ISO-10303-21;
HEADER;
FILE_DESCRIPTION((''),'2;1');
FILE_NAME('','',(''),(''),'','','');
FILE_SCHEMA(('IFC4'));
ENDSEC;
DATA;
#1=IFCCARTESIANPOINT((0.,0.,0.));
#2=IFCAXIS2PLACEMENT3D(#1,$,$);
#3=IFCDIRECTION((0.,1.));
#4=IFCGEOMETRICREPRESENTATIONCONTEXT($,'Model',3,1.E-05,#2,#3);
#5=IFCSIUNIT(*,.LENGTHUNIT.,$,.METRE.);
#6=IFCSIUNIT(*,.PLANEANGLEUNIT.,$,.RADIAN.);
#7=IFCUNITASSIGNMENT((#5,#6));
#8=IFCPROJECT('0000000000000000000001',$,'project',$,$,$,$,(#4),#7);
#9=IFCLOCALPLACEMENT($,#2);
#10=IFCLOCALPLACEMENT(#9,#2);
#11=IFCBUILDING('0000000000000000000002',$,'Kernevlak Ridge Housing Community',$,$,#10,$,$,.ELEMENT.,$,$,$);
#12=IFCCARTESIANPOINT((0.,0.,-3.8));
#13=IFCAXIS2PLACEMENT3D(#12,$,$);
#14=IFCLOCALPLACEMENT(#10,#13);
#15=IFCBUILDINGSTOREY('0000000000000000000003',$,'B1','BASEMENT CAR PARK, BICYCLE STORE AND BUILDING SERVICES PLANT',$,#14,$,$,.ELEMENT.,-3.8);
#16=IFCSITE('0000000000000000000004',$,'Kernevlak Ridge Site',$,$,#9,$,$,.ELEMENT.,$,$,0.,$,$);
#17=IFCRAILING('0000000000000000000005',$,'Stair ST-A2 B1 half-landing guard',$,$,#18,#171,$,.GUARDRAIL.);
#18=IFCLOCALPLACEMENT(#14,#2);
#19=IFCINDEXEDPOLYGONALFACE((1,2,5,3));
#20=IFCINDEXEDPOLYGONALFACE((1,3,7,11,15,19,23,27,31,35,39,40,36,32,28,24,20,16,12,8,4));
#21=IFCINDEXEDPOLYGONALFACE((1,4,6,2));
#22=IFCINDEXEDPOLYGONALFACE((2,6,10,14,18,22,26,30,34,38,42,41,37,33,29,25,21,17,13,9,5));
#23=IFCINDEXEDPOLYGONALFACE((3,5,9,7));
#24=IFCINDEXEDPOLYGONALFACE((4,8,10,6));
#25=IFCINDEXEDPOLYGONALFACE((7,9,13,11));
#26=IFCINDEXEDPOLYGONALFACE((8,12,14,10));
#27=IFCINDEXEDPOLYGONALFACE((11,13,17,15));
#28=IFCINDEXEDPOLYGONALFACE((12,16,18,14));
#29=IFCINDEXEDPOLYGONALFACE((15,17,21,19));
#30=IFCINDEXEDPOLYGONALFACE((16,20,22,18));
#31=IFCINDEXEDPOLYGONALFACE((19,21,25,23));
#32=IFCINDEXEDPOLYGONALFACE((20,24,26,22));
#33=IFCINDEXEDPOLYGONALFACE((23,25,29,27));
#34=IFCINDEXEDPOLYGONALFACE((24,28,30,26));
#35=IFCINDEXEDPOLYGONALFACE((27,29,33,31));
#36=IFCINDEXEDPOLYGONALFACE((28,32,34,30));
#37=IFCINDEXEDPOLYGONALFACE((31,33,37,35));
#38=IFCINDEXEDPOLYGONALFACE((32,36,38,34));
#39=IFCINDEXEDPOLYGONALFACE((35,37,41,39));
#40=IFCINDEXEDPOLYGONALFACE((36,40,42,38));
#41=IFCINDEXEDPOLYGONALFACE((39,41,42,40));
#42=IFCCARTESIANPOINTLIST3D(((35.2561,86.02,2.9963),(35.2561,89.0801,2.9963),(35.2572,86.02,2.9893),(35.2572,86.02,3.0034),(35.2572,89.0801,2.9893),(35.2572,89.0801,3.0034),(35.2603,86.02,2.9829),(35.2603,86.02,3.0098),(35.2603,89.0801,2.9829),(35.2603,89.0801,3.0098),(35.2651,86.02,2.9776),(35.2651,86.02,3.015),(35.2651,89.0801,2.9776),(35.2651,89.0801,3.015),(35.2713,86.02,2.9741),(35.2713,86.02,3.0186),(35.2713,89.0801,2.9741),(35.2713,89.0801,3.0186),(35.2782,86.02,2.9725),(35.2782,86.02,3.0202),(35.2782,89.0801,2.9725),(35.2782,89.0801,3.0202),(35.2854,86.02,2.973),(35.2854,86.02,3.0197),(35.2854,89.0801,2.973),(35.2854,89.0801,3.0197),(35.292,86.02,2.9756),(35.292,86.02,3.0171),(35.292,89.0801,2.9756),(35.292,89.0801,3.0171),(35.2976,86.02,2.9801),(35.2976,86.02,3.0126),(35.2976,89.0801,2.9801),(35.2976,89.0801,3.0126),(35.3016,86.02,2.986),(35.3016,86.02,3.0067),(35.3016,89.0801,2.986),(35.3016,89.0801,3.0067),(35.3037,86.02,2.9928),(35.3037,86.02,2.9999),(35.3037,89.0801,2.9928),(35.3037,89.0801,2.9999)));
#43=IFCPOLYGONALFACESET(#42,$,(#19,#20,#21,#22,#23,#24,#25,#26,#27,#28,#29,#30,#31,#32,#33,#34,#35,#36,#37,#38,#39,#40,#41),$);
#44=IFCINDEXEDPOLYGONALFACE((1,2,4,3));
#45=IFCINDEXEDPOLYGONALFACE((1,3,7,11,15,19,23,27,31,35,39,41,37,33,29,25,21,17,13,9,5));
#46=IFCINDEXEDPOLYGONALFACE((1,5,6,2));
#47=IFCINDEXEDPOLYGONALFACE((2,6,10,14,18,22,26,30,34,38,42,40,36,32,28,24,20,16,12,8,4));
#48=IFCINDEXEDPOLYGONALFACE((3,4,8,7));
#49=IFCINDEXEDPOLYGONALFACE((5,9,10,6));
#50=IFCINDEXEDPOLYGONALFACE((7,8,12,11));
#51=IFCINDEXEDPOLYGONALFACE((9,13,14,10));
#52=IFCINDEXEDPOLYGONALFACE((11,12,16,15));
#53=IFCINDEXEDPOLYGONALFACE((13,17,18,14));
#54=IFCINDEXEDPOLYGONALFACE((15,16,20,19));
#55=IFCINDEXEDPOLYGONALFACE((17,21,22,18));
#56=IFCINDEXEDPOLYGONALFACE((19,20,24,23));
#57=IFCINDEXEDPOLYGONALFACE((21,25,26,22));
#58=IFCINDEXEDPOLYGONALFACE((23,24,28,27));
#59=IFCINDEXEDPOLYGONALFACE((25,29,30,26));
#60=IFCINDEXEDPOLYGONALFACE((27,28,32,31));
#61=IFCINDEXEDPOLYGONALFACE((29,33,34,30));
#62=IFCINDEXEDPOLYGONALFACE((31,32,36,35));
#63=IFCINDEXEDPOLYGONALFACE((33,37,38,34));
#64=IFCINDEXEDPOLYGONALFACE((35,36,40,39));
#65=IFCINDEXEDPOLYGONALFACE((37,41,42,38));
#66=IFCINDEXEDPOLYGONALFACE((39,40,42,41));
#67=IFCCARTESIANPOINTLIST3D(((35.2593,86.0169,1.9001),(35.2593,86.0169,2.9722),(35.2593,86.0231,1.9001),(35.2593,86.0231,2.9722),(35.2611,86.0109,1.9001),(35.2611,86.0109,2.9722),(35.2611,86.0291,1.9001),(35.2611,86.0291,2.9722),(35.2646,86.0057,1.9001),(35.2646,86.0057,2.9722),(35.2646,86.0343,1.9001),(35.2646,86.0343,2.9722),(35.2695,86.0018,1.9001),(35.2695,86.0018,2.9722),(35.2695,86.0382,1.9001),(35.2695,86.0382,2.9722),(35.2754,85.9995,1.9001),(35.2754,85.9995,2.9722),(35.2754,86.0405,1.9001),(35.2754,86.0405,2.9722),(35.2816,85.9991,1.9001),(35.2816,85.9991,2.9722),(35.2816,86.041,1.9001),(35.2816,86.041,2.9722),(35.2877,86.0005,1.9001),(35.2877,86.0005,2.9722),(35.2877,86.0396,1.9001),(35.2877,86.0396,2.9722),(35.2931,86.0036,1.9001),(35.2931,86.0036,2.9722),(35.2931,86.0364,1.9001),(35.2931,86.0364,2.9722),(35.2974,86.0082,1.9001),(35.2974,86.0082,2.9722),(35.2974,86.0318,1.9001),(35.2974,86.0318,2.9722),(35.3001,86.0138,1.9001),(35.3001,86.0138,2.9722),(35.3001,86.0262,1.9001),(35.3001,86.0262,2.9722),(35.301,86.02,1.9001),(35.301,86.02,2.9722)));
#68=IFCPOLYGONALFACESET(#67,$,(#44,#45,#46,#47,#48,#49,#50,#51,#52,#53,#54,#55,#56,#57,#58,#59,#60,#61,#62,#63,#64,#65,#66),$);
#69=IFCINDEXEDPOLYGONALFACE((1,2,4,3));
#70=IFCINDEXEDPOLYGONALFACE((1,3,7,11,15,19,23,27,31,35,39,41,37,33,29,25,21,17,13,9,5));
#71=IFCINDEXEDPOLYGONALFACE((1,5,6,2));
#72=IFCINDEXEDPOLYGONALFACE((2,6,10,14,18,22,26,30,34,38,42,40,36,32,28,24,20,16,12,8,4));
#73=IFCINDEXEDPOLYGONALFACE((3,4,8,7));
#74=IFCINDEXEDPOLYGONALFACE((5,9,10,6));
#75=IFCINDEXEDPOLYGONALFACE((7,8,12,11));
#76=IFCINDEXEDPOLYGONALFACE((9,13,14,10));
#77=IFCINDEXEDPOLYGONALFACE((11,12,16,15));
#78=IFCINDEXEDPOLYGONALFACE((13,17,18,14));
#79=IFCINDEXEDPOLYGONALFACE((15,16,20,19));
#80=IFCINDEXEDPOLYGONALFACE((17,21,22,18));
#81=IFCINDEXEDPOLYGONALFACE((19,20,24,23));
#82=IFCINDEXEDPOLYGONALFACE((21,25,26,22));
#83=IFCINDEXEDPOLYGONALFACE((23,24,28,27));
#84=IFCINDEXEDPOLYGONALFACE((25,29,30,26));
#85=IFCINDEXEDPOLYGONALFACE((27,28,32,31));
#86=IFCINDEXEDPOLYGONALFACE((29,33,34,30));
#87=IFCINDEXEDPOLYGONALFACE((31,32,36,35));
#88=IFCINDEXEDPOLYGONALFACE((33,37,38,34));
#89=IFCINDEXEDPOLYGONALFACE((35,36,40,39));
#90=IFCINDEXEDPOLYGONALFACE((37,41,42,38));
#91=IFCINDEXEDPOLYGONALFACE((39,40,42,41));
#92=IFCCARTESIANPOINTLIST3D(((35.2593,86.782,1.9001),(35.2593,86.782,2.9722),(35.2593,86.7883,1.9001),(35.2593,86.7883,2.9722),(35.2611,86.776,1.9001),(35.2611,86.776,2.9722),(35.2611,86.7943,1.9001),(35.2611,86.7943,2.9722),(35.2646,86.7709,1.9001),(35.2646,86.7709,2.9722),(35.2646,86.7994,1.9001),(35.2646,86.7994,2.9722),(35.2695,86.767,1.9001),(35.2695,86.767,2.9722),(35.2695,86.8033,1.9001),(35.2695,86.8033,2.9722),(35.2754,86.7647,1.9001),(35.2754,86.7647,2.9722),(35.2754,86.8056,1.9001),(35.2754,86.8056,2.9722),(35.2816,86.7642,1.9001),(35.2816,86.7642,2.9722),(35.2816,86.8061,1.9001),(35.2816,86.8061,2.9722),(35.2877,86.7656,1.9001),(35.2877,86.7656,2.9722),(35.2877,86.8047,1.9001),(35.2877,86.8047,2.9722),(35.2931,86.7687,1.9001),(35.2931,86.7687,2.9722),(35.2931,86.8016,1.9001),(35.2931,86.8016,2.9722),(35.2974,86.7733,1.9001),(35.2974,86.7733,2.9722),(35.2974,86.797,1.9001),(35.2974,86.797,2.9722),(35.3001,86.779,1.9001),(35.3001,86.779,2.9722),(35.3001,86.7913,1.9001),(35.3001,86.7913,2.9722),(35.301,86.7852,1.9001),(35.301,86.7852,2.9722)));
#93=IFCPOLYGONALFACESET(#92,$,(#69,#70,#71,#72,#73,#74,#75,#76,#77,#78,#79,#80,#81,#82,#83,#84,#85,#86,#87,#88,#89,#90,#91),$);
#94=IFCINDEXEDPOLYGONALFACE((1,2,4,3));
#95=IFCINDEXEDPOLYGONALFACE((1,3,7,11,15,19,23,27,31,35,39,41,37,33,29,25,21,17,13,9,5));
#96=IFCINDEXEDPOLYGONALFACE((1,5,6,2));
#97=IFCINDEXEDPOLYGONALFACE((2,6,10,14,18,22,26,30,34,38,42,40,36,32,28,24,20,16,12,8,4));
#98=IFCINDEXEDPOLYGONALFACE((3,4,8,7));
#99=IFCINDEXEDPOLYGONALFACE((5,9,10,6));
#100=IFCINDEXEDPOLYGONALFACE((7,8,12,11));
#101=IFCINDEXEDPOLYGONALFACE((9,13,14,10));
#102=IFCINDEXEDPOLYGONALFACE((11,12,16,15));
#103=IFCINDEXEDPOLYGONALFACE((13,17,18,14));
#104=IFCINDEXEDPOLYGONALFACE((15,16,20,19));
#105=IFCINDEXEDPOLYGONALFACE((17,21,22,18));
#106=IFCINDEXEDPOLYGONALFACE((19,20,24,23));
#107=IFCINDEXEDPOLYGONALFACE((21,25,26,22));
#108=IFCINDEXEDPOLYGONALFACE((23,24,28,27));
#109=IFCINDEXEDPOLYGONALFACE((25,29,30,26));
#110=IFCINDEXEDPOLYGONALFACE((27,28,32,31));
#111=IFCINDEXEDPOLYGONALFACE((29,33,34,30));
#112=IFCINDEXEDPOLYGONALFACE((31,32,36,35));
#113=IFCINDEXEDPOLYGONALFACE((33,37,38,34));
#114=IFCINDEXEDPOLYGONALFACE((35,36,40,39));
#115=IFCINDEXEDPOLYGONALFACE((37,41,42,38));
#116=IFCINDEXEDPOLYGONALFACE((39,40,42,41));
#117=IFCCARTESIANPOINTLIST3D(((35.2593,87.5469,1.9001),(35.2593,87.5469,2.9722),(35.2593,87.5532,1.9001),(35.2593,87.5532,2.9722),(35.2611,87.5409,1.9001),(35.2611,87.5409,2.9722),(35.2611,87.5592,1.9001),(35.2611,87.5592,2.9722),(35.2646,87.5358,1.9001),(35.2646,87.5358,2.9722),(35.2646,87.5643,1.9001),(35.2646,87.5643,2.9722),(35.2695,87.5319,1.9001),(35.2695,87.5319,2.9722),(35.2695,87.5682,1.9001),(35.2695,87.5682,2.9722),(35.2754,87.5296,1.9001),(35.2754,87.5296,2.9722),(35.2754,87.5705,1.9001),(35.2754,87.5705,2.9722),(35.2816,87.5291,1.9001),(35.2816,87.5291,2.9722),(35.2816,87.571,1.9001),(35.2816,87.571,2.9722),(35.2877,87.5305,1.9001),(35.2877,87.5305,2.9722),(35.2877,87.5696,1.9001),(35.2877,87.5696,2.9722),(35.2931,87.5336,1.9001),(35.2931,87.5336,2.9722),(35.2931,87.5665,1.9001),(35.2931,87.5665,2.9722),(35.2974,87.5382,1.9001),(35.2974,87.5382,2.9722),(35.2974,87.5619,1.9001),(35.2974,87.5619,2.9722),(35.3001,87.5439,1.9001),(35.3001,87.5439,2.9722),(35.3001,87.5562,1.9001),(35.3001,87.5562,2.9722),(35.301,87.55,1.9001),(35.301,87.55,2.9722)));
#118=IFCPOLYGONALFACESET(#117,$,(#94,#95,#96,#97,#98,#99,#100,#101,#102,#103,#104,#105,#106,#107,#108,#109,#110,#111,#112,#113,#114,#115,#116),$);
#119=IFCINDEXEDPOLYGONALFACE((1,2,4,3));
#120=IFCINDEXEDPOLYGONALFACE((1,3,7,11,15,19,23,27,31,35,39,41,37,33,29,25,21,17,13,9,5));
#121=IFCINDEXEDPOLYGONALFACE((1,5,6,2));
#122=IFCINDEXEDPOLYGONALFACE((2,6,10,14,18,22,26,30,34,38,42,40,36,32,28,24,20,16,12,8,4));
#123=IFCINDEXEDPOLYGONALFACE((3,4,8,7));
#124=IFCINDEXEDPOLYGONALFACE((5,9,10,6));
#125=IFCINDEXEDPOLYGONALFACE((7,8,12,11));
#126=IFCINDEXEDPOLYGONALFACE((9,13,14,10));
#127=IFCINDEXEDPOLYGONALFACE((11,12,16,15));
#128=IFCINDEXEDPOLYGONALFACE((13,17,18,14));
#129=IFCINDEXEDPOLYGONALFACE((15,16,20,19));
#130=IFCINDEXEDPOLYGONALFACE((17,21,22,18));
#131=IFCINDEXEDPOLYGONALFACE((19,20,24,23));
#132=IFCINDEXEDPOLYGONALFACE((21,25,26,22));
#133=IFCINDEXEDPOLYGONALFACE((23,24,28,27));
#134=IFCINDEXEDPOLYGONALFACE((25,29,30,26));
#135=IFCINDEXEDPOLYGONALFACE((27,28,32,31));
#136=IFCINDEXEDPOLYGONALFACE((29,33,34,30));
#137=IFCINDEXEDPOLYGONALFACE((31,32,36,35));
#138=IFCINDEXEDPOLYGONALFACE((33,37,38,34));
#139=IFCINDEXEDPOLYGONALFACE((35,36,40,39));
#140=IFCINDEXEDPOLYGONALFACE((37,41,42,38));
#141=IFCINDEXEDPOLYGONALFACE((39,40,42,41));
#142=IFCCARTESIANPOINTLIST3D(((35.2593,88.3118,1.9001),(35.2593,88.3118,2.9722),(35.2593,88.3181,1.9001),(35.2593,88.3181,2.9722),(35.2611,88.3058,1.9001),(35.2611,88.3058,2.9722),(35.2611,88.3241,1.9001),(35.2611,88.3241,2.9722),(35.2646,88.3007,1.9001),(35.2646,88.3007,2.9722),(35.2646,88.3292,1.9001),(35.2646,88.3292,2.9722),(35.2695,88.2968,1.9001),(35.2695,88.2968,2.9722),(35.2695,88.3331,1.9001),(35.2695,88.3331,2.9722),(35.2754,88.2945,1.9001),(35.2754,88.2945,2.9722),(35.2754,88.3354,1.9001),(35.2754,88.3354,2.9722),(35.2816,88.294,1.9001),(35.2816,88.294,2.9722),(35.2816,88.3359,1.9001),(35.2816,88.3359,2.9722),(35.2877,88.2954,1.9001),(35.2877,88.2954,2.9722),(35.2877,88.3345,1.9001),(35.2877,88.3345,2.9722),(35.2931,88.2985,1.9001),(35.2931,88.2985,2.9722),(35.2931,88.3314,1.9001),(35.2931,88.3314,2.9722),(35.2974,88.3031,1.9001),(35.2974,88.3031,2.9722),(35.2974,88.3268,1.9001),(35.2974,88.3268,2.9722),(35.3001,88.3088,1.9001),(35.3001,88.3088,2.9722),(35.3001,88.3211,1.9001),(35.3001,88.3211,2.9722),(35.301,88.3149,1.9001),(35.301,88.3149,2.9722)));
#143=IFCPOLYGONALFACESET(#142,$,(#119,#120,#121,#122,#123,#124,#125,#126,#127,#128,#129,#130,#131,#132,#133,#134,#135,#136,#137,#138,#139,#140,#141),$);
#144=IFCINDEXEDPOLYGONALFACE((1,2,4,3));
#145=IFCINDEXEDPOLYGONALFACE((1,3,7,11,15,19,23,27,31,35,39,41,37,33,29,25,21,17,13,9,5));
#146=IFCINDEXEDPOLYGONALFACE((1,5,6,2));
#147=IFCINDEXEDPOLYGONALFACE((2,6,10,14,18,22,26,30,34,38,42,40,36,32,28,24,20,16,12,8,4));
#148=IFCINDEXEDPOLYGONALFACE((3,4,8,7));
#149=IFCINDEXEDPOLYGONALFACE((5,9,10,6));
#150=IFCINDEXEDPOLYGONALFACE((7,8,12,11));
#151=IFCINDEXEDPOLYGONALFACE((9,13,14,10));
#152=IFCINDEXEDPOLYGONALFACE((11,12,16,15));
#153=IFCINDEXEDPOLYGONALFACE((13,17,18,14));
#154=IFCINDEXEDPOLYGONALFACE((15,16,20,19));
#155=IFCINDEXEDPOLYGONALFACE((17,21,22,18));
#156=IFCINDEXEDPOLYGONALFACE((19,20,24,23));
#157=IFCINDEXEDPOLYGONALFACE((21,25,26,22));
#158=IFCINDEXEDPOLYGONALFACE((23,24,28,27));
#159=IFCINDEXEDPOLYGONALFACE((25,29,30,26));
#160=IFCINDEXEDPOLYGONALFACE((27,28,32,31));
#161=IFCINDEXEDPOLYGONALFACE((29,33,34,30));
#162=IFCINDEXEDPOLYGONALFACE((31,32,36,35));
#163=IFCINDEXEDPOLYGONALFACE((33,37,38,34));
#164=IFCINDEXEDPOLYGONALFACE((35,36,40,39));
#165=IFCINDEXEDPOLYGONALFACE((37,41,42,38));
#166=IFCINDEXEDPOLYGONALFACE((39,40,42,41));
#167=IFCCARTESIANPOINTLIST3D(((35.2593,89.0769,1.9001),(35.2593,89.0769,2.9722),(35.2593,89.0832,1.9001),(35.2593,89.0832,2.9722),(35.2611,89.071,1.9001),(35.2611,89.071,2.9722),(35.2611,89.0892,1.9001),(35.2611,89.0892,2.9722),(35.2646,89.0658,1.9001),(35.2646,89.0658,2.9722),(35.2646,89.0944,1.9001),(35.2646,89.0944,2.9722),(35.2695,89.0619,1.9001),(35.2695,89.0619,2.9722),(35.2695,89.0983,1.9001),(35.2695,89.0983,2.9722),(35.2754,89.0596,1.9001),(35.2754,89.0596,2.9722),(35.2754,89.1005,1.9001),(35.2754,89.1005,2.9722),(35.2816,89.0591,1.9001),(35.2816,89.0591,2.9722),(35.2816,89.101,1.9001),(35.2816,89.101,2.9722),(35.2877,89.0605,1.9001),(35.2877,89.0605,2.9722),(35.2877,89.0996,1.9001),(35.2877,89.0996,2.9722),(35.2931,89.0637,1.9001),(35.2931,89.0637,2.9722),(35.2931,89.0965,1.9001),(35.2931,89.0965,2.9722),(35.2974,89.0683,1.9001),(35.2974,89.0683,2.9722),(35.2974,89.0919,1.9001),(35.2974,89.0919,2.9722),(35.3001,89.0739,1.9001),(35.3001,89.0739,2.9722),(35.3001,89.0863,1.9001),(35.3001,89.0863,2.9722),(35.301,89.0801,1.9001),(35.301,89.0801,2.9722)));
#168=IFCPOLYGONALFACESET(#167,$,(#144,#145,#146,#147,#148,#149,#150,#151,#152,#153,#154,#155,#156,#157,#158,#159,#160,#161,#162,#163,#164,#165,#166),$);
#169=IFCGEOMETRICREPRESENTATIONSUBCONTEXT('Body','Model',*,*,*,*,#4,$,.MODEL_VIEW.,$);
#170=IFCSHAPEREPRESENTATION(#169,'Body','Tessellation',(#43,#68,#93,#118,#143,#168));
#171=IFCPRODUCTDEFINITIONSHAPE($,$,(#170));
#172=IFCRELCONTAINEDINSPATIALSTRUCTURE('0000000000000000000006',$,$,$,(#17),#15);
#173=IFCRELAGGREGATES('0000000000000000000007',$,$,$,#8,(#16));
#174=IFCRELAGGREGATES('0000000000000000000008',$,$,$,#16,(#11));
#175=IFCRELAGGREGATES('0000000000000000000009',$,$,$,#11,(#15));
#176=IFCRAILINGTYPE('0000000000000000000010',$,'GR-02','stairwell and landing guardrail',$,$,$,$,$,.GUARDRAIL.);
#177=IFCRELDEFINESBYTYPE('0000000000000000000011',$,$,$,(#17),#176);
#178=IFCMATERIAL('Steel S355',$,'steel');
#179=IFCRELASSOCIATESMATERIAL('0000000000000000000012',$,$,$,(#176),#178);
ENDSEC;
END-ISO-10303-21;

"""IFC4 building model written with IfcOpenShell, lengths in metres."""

from ifc_helpers import new_model, si_unit, direction, frame, origin, origin_2d, place, context, subcontext, project, spatial, circle, extrude, material, type_object, element, save


model = new_model("IFC4")

# Units and contexts
model_context = context("Model", 3, precision=1e-05, world=origin(), true_north=direction((0.0, 1.0)))
body_context = subcontext(model_context, "Body", "Model", "MODEL_VIEW")
ifc_project = project(units=[si_unit("LENGTHUNIT", "METRE"), si_unit("PLANEANGLEUNIT", "RADIAN")], contexts=[model_context])

# Site, building, storey
site_placement = place(None, origin())
site = spatial("IfcSite", under=ifc_project, at=site_placement, Name="Kernevlak Ridge Site", CompositionType="ELEMENT", RefElevation=0.0)
building_placement = place(site_placement, origin())
building = spatial("IfcBuilding", under=site, at=building_placement, Name="Kernevlak Ridge Housing Community", CompositionType="ELEMENT")
storey_placement = place(building_placement, frame((0.0, 0.0, -3.8)))
storey = spatial("IfcBuildingStorey", under=building, at=storey_placement, Name="B1", Description="BASEMENT CAR PARK, BICYCLE STORE AND BUILDING SERVICES PLANT", CompositionType="ELEMENT", Elevation=-3.8)

# Railing
ifc_material_1 = material(Name="Steel S355", Category="steel")
railing_type_1 = type_object("IfcRailingType", Name="GR-02", Description="stairwell and landing guardrail", PredefinedType="GUARDRAIL", material=ifc_material_1)
railing_1_placement = place(storey_placement, frame((35.28, 86.02, 1.9001)))
element("IfcRailing", 1, at=railing_1_placement, inside=storey, type_object=railing_type_1, Name="Stair ST-A2 B1 half-landing guard", PredefinedType="GUARDRAIL", context=body_context, shape_type="SweptSolid", body=[
    extrude(circle(Radius=0.0239, at=origin_2d()), frame((0.0, 0.0, 1.0962), z_axis=(0.0, 1.0, 0.0), x_axis=(-1.0, 0.0, 0.0)), (0.0, 0.0, 1.0), 3.0601),
    extrude(circle(Radius=0.021, at=origin_2d()), origin(), (0.0, 0.0, 1.0), 1.072),
    extrude(circle(Radius=0.021, at=origin_2d()), frame((0.0, 0.7651, 0.0)), (0.0, 0.0, 1.0), 1.072),
    extrude(circle(Radius=0.021, at=origin_2d()), frame((0.0, 1.53, 0.0)), (0.0, 0.0, 1.0), 1.072),
    extrude(circle(Radius=0.021, at=origin_2d()), frame((0.0, 2.2949, 0.0)), (0.0, 0.0, 1.0), 1.072),
    extrude(circle(Radius=0.021, at=origin_2d()), frame((0.0, 3.0601, 0.0)), (0.0, 0.0, 1.0), 1.072),
])

save(model, "model.ifc")
